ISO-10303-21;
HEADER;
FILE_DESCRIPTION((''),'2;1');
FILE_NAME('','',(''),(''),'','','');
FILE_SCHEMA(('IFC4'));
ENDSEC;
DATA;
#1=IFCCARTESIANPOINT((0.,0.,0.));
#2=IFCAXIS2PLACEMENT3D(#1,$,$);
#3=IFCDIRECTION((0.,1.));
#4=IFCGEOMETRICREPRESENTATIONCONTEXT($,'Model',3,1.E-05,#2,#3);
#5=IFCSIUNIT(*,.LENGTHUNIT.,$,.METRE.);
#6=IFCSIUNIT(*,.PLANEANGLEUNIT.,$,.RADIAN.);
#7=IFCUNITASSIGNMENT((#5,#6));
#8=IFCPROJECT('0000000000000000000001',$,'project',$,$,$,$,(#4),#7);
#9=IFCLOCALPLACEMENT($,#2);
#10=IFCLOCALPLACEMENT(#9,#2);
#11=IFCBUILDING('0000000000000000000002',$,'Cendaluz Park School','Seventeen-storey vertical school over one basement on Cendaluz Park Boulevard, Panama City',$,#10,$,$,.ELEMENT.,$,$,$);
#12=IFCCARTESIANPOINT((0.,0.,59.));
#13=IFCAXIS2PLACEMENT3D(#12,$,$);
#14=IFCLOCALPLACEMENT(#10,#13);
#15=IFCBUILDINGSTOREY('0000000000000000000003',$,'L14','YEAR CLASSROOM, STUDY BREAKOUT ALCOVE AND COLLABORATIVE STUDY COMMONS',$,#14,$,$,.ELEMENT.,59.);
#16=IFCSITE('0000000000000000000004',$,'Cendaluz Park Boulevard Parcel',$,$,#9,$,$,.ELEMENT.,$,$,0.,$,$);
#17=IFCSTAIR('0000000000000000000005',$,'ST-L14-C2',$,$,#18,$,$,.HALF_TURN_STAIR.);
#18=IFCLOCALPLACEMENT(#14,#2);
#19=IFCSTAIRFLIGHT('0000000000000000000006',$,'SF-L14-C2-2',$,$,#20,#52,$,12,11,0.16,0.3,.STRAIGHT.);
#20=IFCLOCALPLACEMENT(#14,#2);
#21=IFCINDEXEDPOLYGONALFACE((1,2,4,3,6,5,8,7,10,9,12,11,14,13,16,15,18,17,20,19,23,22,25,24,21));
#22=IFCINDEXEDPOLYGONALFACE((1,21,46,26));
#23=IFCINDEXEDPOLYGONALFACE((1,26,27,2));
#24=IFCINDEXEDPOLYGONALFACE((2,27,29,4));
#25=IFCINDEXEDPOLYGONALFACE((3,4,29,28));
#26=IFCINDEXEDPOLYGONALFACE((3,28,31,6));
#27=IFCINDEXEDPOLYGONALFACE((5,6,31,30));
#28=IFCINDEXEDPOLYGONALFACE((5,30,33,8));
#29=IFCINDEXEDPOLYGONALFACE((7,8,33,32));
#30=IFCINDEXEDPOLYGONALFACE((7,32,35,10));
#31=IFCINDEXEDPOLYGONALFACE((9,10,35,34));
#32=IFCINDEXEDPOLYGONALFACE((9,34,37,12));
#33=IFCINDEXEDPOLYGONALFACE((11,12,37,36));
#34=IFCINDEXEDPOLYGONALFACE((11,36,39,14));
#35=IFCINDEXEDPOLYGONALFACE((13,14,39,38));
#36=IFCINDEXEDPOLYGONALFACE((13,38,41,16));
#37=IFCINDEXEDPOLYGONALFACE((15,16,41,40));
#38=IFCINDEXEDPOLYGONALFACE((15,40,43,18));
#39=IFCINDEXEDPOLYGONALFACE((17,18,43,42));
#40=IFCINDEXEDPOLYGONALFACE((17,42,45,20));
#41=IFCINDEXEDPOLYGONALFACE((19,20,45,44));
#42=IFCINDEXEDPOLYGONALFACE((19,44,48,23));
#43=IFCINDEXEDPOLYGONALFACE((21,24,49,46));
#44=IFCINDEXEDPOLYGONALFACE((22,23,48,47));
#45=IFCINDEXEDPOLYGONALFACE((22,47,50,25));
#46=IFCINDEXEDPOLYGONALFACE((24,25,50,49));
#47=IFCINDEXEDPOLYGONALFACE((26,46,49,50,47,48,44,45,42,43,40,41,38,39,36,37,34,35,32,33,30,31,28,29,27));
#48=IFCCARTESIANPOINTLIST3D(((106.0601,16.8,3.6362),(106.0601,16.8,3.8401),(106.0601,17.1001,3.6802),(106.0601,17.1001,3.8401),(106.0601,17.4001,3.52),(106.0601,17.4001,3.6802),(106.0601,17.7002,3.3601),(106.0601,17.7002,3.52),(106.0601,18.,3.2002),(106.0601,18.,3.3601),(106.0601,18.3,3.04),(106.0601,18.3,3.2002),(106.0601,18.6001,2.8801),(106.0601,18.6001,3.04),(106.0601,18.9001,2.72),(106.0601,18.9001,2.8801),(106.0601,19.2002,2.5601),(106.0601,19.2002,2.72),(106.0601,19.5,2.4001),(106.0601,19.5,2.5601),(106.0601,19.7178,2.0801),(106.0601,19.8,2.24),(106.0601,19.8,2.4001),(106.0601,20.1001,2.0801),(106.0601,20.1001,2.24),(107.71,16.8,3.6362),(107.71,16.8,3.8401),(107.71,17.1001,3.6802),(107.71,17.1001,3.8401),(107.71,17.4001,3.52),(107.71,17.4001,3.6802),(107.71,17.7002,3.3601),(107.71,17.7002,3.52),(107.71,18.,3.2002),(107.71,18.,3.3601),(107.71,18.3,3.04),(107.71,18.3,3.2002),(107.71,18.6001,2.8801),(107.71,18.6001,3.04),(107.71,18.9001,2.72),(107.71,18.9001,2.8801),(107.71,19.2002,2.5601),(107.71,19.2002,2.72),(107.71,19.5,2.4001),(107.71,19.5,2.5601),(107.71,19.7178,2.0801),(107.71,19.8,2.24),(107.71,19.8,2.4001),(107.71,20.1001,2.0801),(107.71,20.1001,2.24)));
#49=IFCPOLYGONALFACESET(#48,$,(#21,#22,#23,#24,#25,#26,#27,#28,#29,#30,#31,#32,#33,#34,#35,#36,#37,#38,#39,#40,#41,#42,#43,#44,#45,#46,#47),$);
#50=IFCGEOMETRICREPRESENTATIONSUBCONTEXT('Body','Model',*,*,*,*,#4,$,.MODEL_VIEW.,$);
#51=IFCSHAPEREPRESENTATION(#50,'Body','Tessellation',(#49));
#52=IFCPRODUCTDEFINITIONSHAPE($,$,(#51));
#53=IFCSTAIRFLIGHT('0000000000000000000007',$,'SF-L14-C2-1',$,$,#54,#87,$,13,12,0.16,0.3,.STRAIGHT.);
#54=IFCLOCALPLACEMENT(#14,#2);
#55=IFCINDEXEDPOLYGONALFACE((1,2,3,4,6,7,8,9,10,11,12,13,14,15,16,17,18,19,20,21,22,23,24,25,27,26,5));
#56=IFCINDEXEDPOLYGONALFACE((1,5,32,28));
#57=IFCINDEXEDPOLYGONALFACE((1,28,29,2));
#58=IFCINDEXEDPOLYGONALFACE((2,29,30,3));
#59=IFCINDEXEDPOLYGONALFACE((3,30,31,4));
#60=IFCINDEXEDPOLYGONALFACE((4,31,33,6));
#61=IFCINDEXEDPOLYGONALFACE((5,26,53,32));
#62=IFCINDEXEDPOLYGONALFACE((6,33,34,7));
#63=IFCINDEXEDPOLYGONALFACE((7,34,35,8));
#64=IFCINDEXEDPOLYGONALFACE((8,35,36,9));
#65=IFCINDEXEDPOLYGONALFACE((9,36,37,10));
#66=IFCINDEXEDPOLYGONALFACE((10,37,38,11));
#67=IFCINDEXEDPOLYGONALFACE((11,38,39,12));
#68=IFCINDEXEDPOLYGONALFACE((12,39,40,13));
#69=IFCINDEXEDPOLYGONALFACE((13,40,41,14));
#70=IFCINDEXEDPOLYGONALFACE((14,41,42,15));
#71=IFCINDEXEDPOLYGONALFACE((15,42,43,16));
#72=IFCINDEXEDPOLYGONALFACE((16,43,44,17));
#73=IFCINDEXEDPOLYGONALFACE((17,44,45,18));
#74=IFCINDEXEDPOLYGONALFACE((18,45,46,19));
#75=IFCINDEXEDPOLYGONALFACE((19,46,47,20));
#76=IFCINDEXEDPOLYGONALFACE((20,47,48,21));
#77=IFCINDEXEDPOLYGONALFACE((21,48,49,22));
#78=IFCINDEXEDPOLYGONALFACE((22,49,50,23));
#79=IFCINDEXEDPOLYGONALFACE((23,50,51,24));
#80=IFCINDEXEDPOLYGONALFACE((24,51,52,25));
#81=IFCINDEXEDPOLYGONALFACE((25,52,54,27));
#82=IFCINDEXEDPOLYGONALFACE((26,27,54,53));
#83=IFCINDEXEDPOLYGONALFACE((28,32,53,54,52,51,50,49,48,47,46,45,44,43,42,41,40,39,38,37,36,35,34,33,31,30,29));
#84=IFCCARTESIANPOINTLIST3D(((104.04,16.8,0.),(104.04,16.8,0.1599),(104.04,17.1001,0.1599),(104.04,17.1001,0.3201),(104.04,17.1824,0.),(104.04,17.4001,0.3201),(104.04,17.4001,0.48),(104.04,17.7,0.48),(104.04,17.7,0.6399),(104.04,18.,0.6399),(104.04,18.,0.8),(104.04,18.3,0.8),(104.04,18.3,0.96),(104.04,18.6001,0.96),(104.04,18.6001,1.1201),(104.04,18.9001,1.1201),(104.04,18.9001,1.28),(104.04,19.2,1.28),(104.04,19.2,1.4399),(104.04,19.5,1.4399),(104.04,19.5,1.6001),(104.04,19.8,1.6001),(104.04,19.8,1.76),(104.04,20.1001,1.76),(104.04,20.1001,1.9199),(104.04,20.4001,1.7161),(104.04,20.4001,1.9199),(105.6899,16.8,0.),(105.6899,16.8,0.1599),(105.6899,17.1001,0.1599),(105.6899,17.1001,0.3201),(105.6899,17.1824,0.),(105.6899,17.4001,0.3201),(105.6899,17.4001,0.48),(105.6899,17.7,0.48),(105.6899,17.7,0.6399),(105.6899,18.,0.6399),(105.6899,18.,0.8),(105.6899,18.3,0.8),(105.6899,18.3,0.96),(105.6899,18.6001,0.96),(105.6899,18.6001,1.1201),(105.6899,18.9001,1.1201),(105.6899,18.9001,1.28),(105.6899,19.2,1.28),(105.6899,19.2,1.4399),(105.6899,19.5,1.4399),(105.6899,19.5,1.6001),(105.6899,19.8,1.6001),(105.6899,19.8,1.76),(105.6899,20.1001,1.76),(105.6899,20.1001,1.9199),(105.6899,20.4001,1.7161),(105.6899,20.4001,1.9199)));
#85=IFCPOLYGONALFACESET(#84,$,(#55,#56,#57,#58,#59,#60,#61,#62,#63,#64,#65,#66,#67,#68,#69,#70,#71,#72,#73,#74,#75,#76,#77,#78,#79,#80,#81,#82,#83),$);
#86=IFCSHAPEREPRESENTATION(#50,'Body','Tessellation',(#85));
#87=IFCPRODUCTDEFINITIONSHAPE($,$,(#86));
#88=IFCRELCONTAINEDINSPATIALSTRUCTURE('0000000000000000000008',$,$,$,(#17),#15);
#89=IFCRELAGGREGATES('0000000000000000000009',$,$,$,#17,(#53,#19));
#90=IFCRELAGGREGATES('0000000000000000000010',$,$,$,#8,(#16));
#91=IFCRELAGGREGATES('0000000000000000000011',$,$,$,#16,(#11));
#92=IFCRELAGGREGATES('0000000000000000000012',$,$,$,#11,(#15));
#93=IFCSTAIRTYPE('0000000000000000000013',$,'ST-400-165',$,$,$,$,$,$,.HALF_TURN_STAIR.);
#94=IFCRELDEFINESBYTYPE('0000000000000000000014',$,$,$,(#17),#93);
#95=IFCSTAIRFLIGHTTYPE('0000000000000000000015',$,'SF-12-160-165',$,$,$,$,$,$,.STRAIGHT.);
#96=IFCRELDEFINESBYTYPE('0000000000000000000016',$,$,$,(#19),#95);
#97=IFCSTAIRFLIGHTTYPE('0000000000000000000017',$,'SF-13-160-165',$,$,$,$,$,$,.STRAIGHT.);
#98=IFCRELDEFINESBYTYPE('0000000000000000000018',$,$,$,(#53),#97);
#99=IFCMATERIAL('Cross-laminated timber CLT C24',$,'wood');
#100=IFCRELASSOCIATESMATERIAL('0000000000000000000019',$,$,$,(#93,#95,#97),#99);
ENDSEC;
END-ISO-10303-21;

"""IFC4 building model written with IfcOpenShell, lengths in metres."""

from ifc_helpers import new_model, si_unit, direction, frame, origin, place, context, subcontext, project, spatial, polyline, outline, extrude, material, type_object, element, aggregate, save


model = new_model("IFC4")

# Units and contexts
model_context = context("Model", 3, precision=1e-05, world=origin(), true_north=direction((0.0, 1.0)))
body_context = subcontext(model_context, "Body", "Model", "MODEL_VIEW")
ifc_project = project(units=[si_unit("LENGTHUNIT", "METRE"), si_unit("PLANEANGLEUNIT", "RADIAN")], contexts=[model_context])

# Site, building, storey
site_placement = place(None, origin())
site = spatial("IfcSite", under=ifc_project, at=site_placement, Name="Cendaluz Park Boulevard Parcel", CompositionType="ELEMENT", RefElevation=0.0)
building_placement = place(site_placement, origin())
building = spatial("IfcBuilding", under=site, at=building_placement, Name="Cendaluz Park School", Description="Seventeen-storey vertical school over one basement on Cendaluz Park Boulevard, Panama City", CompositionType="ELEMENT")
storey_placement = place(building_placement, frame((0.0, 0.0, 59.0)))
storey = spatial("IfcBuildingStorey", under=building, at=storey_placement, Name="L14", Description="YEAR CLASSROOM, STUDY BREAKOUT ALCOVE AND COLLABORATIVE STUDY COMMONS", CompositionType="ELEMENT", Elevation=59.0)

# Stair, stair flights
ifc_material_1 = material(Name="Cross-laminated timber CLT C24", Category="wood")
stair_type = type_object("IfcStairType", Name="ST-400-165", PredefinedType="HALF_TURN_STAIR", material=ifc_material_1)
stair_placement = place(storey_placement, origin())
stair = element("IfcStair", 1, at=stair_placement, inside=storey, type_object=stair_type, Name="ST-L14-C2", PredefinedType="HALF_TURN_STAIR")
stair_flight_type_1 = type_object("IfcStairFlightType", Name="SF-12-160-165", PredefinedType="STRAIGHT", material=ifc_material_1)
stair_flight_1_placement = place(storey_placement, frame((106.885, 20.1001, 2.0801), z_axis=(0.0, 0.0, 1.0), x_axis=(0.0, -1.0, 0.0)))
stair_flight_1 = element("IfcStairFlight", 2, at=stair_flight_1_placement, type_object=stair_flight_type_1, Name="SF-L14-C2-2", NumberOfRisers=12, NumberOfTreads=11, PredefinedType="STRAIGHT", RiserHeight=0.16, TreadLength=0.3, context=body_context, shape_type="SweptSolid", body=[
    extrude(outline(polyline([(0.0, 0.0), (0.0, 0.1599), (0.3, 0.1599), (0.3, 0.3201), (0.6001, 0.3201), (0.6001, 0.48), (0.8999, 0.48), (0.8999, 0.6399), (1.2, 0.6399), (1.2, 0.8), (1.5, 0.8), (1.5, 0.96), (1.8, 0.96), (1.8, 1.1201), (2.1001, 1.1201), (2.1001, 1.28), (2.3999, 1.28), (2.3999, 1.4399), (2.7, 1.4399), (2.7, 1.6001), (3.0, 1.6001), (3.0, 1.76), (3.3, 1.76), (3.3, 1.9199), (3.3, 1.5562), (0.3823, 0.0), (0.0, 0.0)])), frame((0.0, 0.825, 0.0), z_axis=(0.0, -1.0, 0.0), x_axis=(1.0, 0.0, 0.0)), (0.0, 0.0, 1.0), 1.6499),
])
stair_flight_type_2 = type_object("IfcStairFlightType", Name="SF-13-160-165", PredefinedType="STRAIGHT", material=ifc_material_1)
stair_flight_2_placement = place(storey_placement, frame((104.865, 16.8, 0.0), z_axis=(0.0, 0.0, 1.0), x_axis=(0.0, 1.0, 0.0)))
stair_flight_2 = element("IfcStairFlight", 3, at=stair_flight_2_placement, type_object=stair_flight_type_2, Name="SF-L14-C2-1", NumberOfRisers=13, NumberOfTreads=12, PredefinedType="STRAIGHT", RiserHeight=0.16, TreadLength=0.3, context=body_context, shape_type="SweptSolid", body=[
    extrude(outline(polyline([(0.0, 0.0), (0.0, 0.1599), (0.3, 0.1599), (0.3, 0.3201), (0.6001, 0.3201), (0.6001, 0.48), (0.8999, 0.48), (0.8999, 0.6399), (1.2, 0.6399), (1.2, 0.8), (1.5, 0.8), (1.5, 0.96), (1.8, 0.96), (1.8, 1.1201), (2.1001, 1.1201), (2.1001, 1.28), (2.3999, 1.28), (2.3999, 1.4399), (2.7, 1.4399), (2.7, 1.6001), (3.0, 1.6001), (3.0, 1.76), (3.3, 1.76), (3.3, 1.9199), (3.6001, 1.9199), (3.6001, 2.0801), (3.6001, 1.7161), (0.3823, 0.0), (0.0, 0.0)])), frame((0.0, 0.825, 0.0), z_axis=(0.0, -1.0, 0.0), x_axis=(1.0, 0.0, 0.0)), (0.0, 0.0, 1.0), 1.6499),
])
aggregate(stair, [stair_flight_2, stair_flight_1])

save(model, "model.ifc")
